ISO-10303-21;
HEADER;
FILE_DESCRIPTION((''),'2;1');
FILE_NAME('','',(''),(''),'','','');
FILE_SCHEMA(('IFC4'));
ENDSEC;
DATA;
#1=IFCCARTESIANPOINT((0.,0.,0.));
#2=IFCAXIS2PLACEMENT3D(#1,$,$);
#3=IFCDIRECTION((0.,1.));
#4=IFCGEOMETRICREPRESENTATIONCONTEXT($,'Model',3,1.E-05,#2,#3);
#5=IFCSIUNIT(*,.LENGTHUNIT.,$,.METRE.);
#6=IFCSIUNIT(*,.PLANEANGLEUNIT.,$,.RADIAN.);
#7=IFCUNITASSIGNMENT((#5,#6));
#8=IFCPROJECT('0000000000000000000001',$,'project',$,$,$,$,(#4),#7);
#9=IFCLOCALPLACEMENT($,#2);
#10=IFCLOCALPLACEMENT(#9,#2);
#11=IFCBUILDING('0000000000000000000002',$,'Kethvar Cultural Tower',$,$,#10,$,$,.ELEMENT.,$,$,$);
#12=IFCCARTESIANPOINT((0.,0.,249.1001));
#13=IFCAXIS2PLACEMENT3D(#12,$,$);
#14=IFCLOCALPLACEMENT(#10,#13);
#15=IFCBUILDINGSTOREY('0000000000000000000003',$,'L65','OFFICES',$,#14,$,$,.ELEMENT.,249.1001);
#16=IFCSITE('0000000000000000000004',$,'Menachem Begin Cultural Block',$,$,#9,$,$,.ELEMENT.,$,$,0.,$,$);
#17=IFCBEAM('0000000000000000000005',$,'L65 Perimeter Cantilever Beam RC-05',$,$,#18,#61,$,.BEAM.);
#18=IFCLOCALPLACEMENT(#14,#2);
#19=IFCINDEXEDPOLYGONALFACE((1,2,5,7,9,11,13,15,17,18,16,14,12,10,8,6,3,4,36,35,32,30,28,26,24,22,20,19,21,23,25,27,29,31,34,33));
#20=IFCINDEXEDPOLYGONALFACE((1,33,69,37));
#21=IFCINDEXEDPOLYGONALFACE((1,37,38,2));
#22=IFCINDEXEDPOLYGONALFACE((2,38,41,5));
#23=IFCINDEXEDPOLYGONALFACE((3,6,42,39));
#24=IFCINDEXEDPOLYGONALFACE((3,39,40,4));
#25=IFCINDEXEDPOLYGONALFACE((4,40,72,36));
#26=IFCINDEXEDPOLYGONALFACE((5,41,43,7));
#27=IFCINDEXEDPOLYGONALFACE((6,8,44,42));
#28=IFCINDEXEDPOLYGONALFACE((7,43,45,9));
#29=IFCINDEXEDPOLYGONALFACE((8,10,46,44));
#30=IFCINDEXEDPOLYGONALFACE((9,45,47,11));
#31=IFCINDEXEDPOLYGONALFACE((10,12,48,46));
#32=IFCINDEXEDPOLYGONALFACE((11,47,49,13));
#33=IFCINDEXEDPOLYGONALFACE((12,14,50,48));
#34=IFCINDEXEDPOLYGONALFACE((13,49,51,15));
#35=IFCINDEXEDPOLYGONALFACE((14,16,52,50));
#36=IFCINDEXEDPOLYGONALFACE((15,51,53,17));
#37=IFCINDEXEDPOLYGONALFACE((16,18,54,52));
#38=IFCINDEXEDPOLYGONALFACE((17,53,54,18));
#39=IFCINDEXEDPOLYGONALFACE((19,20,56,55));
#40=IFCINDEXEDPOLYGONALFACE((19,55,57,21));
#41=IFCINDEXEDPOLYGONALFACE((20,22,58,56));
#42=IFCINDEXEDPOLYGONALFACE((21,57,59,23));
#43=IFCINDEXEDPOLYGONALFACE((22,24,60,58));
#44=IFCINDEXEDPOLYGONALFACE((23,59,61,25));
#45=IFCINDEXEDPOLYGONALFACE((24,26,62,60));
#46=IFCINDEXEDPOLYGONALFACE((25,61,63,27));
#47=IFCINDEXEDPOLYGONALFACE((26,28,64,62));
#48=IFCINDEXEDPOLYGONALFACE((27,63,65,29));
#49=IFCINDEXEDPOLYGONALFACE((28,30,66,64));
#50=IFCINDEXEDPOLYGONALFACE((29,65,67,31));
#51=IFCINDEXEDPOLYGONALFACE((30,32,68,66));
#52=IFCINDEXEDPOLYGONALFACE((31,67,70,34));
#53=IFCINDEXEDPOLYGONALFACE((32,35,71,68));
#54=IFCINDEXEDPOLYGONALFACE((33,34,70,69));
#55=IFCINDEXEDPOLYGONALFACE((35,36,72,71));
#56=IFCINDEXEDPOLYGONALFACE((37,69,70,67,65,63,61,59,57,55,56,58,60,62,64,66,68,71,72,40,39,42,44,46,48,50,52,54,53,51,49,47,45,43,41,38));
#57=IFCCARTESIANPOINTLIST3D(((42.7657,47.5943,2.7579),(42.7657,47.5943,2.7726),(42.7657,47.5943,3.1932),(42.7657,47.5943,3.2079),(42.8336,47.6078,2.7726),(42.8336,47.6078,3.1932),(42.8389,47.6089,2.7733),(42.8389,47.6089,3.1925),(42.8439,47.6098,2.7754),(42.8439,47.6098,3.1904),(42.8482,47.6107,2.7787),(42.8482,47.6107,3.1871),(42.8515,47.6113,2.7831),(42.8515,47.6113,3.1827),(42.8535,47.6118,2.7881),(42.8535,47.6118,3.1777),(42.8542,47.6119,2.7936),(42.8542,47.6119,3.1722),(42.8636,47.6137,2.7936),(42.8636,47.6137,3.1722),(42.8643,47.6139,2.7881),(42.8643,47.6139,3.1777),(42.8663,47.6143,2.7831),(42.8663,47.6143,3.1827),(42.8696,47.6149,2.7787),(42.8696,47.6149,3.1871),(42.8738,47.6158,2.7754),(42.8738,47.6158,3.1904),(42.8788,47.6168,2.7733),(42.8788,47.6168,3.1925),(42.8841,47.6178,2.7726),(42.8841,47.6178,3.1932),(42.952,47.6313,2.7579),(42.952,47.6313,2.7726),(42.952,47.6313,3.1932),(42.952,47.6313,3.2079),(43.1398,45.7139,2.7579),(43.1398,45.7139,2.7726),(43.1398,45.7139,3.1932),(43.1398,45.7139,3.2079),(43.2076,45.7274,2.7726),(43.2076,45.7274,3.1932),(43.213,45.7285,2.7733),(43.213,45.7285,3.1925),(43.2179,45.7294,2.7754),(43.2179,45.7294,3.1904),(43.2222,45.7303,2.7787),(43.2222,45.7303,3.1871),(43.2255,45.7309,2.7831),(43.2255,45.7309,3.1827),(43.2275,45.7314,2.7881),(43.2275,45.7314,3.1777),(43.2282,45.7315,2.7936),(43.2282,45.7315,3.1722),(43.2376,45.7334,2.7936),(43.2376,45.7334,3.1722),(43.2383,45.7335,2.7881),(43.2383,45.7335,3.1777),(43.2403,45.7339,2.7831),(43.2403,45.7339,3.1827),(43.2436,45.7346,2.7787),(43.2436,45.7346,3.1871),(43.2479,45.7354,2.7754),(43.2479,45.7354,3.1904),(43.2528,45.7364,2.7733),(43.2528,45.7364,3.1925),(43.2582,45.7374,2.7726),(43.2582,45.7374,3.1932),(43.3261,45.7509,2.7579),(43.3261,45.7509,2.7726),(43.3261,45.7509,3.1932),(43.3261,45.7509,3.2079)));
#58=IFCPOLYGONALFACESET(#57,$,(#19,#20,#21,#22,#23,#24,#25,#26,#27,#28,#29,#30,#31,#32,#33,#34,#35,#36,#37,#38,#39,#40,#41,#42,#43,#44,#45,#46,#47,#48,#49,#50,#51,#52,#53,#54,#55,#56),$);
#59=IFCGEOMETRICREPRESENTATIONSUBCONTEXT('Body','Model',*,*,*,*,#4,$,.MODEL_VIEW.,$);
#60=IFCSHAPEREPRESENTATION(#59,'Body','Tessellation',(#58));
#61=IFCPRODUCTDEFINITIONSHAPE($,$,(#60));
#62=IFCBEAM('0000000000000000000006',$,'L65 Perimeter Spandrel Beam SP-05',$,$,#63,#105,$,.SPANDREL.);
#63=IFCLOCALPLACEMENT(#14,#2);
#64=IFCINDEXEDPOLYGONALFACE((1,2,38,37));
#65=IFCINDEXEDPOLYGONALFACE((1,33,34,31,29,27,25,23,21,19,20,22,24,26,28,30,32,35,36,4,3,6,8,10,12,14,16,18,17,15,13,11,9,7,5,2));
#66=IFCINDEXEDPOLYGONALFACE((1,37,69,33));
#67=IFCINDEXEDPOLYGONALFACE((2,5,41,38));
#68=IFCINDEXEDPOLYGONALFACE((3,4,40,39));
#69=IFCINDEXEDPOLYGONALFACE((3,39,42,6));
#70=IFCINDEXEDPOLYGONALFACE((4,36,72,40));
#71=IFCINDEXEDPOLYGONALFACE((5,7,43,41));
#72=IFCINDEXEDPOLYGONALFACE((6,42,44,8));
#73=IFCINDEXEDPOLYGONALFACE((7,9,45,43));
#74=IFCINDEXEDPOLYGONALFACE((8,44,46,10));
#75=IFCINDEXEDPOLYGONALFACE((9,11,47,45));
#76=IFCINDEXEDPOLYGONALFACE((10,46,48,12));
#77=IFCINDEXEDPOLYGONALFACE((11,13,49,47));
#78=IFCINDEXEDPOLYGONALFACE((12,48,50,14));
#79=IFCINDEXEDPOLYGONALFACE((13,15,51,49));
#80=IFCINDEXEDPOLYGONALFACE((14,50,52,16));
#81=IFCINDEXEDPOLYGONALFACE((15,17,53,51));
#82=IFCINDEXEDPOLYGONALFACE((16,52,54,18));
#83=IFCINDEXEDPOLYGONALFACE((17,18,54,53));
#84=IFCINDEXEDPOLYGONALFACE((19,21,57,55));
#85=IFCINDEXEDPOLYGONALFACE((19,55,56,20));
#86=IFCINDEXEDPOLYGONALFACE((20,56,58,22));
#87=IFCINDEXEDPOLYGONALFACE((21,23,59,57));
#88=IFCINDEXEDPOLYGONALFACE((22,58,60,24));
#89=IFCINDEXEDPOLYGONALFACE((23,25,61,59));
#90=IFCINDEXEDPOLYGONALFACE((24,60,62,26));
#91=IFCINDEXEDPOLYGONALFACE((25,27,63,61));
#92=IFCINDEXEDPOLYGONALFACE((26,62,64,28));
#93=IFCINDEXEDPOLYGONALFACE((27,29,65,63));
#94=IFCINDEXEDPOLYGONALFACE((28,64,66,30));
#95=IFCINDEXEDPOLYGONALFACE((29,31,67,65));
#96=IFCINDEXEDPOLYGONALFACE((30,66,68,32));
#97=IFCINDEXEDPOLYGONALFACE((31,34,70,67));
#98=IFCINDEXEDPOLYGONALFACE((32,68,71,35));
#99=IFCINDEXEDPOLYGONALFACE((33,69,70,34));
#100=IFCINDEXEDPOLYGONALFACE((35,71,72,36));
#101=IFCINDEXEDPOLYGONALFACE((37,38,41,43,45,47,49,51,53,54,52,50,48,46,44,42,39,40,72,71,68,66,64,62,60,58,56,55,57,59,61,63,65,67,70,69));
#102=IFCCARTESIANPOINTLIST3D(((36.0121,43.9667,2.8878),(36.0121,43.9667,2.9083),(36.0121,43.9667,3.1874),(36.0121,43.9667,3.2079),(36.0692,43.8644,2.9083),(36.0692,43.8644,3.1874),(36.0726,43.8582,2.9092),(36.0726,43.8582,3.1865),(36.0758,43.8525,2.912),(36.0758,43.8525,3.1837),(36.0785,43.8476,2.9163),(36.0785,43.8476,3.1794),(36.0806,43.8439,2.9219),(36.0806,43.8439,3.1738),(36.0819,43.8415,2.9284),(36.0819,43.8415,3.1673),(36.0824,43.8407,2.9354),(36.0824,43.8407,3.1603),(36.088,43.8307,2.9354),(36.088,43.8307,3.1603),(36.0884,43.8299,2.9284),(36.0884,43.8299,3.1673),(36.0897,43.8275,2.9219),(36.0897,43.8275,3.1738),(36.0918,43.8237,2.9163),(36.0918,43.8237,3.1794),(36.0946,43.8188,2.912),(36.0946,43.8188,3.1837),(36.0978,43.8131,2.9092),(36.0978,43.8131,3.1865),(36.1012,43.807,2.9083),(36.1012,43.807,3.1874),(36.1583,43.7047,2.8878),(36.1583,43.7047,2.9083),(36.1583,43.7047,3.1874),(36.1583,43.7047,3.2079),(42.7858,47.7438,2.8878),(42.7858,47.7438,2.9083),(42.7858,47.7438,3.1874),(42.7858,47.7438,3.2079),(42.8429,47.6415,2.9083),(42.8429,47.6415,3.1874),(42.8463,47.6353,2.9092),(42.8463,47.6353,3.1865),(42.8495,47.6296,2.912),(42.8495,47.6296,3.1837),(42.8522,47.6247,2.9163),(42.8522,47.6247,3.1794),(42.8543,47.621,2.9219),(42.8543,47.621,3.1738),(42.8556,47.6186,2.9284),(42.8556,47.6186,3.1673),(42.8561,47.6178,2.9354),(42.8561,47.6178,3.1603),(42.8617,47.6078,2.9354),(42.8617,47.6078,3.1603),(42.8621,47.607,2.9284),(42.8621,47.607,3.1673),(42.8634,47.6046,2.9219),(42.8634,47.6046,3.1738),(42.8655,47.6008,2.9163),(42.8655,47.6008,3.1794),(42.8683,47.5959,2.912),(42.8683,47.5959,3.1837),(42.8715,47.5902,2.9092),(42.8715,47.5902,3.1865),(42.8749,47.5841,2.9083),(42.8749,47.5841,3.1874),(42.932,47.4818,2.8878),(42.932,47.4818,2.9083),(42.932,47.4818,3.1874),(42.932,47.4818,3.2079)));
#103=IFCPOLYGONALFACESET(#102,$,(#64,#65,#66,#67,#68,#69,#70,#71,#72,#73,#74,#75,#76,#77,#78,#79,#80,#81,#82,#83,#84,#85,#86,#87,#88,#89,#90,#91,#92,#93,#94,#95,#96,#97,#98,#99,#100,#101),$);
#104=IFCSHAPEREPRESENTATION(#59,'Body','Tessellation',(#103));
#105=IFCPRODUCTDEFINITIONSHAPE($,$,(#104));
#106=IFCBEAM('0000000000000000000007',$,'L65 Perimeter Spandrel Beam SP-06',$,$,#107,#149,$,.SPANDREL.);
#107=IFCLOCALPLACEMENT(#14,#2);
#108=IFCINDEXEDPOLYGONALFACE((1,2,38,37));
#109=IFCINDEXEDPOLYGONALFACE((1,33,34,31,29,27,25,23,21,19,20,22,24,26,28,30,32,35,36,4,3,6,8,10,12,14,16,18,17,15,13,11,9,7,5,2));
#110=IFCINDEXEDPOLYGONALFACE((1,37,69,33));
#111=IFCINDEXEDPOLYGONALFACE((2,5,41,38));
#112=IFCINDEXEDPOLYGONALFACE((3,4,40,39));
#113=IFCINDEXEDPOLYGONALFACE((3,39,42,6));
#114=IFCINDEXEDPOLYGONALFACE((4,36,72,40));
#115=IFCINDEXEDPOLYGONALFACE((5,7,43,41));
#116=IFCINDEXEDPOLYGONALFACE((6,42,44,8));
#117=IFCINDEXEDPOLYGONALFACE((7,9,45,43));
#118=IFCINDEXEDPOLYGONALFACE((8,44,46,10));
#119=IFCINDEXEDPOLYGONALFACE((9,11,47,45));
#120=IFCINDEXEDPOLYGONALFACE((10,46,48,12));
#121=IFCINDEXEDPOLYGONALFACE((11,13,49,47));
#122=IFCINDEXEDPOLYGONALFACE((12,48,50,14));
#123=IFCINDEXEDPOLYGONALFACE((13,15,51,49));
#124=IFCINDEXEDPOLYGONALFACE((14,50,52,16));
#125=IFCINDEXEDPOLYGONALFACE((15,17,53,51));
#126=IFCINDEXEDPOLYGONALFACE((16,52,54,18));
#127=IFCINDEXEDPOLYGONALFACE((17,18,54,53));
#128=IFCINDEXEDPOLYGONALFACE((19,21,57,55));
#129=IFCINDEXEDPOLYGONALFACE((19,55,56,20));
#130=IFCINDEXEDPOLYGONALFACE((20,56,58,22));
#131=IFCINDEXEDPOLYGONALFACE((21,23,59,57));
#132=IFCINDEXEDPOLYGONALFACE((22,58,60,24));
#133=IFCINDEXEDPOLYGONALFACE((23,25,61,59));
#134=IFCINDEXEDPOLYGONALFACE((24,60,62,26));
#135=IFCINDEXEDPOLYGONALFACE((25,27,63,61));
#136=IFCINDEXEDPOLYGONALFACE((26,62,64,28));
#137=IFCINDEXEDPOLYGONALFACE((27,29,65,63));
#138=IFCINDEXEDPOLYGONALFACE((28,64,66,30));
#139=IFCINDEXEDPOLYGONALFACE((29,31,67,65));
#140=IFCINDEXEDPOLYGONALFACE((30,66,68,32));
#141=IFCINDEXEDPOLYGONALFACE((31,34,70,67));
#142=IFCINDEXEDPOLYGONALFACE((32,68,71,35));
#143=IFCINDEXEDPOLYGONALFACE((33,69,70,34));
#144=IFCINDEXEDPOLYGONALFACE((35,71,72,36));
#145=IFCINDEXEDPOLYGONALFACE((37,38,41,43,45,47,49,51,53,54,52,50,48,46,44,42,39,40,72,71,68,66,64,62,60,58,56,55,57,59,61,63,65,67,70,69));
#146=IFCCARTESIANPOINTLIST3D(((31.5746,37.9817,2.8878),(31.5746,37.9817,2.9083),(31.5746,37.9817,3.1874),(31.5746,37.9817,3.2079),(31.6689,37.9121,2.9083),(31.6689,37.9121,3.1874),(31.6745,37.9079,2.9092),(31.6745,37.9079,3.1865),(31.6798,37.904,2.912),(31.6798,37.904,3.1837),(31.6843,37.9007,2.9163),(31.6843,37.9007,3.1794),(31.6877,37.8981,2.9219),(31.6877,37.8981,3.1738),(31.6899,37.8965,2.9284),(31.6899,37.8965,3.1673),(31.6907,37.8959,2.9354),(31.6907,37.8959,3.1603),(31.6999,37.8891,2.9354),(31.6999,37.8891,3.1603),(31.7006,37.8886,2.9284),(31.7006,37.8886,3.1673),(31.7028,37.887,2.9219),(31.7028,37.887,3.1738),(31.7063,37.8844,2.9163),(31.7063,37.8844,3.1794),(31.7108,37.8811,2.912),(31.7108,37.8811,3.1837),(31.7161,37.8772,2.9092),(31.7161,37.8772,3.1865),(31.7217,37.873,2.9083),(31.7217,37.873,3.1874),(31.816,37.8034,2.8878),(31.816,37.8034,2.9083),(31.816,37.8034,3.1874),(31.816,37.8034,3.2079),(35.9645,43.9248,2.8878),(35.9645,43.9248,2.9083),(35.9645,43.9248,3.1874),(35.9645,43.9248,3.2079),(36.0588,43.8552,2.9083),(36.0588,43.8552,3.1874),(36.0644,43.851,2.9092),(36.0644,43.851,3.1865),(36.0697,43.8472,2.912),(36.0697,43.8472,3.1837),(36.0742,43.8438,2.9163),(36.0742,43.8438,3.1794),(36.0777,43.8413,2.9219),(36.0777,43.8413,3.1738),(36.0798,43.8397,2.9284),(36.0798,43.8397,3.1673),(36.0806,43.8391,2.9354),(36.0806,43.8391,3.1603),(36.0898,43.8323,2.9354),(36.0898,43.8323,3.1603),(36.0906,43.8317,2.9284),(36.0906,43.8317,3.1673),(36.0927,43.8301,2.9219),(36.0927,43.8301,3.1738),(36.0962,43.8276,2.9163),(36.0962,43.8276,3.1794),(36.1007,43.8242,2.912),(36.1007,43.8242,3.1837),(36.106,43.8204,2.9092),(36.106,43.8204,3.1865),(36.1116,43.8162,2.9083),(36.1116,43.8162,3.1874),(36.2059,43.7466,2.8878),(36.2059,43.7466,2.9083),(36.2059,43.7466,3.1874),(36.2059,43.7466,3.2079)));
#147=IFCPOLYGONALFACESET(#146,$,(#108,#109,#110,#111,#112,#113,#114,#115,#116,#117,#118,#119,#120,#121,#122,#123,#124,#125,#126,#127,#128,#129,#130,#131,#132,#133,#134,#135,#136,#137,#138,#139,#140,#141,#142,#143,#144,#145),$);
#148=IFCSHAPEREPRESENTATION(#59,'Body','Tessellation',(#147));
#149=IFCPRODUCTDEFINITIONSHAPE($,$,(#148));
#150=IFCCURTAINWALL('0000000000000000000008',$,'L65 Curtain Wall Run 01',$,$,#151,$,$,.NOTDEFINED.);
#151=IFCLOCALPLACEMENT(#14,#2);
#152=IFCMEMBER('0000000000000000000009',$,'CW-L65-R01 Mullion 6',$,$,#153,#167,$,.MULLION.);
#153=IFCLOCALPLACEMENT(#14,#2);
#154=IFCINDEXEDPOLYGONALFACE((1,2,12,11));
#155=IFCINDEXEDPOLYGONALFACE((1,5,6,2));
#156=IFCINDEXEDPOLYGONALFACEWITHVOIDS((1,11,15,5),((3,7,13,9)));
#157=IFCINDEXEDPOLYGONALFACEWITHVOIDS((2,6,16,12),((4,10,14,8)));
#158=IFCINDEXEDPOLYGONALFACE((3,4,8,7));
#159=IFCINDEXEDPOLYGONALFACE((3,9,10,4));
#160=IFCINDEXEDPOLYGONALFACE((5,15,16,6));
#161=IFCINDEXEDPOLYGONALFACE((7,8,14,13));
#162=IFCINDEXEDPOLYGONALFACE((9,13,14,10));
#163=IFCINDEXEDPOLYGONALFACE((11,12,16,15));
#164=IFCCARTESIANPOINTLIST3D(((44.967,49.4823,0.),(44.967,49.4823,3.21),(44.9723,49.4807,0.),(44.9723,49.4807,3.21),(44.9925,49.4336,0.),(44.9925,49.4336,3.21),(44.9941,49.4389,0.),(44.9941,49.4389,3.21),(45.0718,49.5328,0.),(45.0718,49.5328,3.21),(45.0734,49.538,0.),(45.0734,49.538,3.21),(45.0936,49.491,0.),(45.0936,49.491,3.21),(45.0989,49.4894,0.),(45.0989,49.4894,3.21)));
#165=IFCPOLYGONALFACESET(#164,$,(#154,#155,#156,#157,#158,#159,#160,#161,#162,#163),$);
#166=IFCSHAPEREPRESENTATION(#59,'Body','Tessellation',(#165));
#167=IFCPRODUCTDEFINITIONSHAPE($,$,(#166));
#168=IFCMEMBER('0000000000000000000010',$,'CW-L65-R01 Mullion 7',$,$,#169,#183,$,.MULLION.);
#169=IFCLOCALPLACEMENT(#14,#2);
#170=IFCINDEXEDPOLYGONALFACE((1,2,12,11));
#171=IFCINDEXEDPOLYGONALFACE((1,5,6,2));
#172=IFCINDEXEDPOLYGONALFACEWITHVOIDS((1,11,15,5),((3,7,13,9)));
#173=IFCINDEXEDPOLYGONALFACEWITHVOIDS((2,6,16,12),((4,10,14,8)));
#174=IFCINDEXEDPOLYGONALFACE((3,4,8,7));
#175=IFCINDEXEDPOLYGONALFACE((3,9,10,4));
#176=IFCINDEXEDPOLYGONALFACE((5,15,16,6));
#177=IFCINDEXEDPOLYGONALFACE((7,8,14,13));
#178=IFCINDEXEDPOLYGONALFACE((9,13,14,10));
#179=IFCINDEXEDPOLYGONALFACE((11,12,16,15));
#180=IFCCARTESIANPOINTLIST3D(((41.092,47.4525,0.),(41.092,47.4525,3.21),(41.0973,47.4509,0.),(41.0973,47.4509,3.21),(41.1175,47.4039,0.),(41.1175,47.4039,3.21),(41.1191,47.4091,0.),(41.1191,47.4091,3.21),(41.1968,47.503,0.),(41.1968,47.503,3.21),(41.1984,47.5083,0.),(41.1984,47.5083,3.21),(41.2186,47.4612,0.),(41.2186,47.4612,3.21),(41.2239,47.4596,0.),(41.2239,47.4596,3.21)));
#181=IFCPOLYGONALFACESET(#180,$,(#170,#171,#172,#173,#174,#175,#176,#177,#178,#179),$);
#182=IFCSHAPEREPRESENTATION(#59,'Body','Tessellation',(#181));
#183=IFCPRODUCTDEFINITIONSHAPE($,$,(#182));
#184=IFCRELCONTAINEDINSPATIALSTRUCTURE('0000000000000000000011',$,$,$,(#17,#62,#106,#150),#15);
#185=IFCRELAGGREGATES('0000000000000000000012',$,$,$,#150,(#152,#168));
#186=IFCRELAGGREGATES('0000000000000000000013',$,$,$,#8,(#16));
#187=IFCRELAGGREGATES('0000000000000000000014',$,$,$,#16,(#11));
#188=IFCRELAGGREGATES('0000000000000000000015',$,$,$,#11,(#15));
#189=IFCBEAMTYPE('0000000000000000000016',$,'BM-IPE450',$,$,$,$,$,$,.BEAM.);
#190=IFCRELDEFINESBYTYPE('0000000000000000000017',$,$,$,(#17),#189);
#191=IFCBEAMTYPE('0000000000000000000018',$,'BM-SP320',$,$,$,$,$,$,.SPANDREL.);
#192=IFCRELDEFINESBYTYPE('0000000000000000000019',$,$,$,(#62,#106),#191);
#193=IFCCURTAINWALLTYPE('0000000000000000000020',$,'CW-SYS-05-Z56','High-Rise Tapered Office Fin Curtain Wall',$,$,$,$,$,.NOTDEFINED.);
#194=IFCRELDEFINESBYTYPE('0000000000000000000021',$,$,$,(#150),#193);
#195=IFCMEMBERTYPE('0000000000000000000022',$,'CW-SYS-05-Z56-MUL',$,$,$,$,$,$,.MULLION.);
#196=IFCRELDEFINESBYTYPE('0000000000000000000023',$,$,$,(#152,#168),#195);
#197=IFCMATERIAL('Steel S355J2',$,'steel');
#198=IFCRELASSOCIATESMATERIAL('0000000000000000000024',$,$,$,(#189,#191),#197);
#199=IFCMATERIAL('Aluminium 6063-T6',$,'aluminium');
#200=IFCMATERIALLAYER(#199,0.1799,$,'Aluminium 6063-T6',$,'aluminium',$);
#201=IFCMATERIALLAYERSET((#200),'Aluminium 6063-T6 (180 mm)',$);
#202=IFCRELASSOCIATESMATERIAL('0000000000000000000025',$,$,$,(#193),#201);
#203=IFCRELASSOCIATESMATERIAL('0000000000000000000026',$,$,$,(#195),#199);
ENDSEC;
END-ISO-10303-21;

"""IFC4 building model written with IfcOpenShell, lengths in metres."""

from ifc_helpers import new_model, si_unit, direction, frame, origin, origin_2d, place, context, subcontext, project, spatial, hollow_rectangle, i_section, extrude, source, transform, mapped, material, layer, layer_set, material_profile, profile_set, type_object, element, aggregate, save


model = new_model("IFC4")

# Units and contexts
model_context = context("Model", 3, precision=1e-05, world=origin(), true_north=direction((0.0, 1.0)))
body_context = subcontext(model_context, "Body", "Model", "MODEL_VIEW")
ifc_project = project(units=[si_unit("LENGTHUNIT", "METRE"), si_unit("PLANEANGLEUNIT", "RADIAN")], contexts=[model_context])

# Site, building, storey
site_placement = place(None, origin())
site = spatial("IfcSite", under=ifc_project, at=site_placement, Name="Menachem Begin Cultural Block", CompositionType="ELEMENT", RefElevation=0.0)
building_placement = place(site_placement, origin())
building = spatial("IfcBuilding", under=site, at=building_placement, Name="Kethvar Cultural Tower", CompositionType="ELEMENT")
storey_placement = place(building_placement, frame((0.0, 0.0, 249.1001)))
storey = spatial("IfcBuildingStorey", under=building, at=storey_placement, Name="L65", Description="OFFICES", CompositionType="ELEMENT", Elevation=249.1001)

# Beams
ifc_material_1 = material(Name="Steel S355J2", Category="steel")
ifc_material_profile_1 = material_profile(ifc_material_1, i_section(OverallWidth=0.1899, OverallDepth=0.45, WebThickness=0.0095, FlangeThickness=0.0146, FilletRadius=0.021, at=origin_2d()), Name="Steel S355J2 — IPE450")
ifc_profile_set_1 = profile_set([ifc_material_profile_1], Name="Steel S355J2 — IPE450")
beam_type_1 = type_object("IfcBeamType", Name="BM-IPE450", PredefinedType="BEAM", material=ifc_profile_set_1)
shared_shape_1 = source(origin(), body_context, "Body", "SweptSolid", [
    extrude(i_section(OverallWidth=0.1899, OverallDepth=0.45, WebThickness=0.0095, FlangeThickness=0.0146, FilletRadius=0.021, at=origin_2d()), origin(), (0.0, 0.0, 1.0), 1.9172),
])
beam_1_placement = place(storey_placement, frame((43.2329, 45.7324, 2.9829), z_axis=(-0.195087, 0.980786, 0.0), x_axis=(-0.980786, -0.195087, 0.0)))
element("IfcBeam", 1, at=beam_1_placement, inside=storey, type_object=beam_type_1, Name="L65 Perimeter Cantilever Beam RC-05", PredefinedType="BEAM", context=body_context, shape_type="MappedRepresentation", body=[
    mapped(shared_shape_1, transform((0.0, 0.0, 0.0), scale=1.0)),
])
ifc_material_profile_2 = material_profile(ifc_material_1, i_section(OverallWidth=0.3, OverallDepth=0.3201, WebThickness=0.0115, FlangeThickness=0.0205, FilletRadius=0.0271, at=origin_2d()), Name="Steel S355J2 — HEB320")
ifc_profile_set_2 = profile_set([ifc_material_profile_2], Name="Steel S355J2 — HEB320")
beam_type_2 = type_object("IfcBeamType", Name="BM-SP320", PredefinedType="SPANDREL", material=ifc_profile_set_2)
shared_shape_2 = source(origin(), body_context, "Body", "SweptSolid", [
    extrude(i_section(OverallWidth=0.3, OverallDepth=0.3201, WebThickness=0.0115, FlangeThickness=0.0205, FilletRadius=0.0271, at=origin_2d()), origin(), (0.0, 0.0, 1.0), 7.7556),
])
beam_2_placement = place(storey_placement, frame((42.8589, 47.6128, 3.0479), z_axis=(-0.873393, -0.487016, 0.0), x_axis=(0.487016, -0.873393, 0.0)))
element("IfcBeam", 2, at=beam_2_placement, inside=storey, type_object=beam_type_2, Name="L65 Perimeter Spandrel Beam SP-05", PredefinedType="SPANDREL", context=body_context, shape_type="MappedRepresentation", body=[
    mapped(shared_shape_2, transform((0.0, 0.0, 0.0), scale=1.0)),
])
shared_shape_3 = source(origin(), body_context, "Body", "SweptSolid", [
    extrude(i_section(OverallWidth=0.3, OverallDepth=0.3201, WebThickness=0.0115, FlangeThickness=0.0205, FilletRadius=0.0271, at=origin_2d()), origin(), (0.0, 0.0, 1.0), 7.3887),
])
beam_3_placement = place(storey_placement, frame((36.0852, 43.8357, 3.0479), z_axis=(-0.594142, -0.80436, 0.0), x_axis=(0.80436, -0.594142, 0.0)))
element("IfcBeam", 3, at=beam_3_placement, inside=storey, type_object=beam_type_2, Name="L65 Perimeter Spandrel Beam SP-06", PredefinedType="SPANDREL", context=body_context, shape_type="MappedRepresentation", body=[
    mapped(shared_shape_3, transform((0.0, 0.0, 0.0), scale=1.0)),
])

# Curtain wall, members
ifc_material_2 = material(Name="Aluminium 6063-T6", Category="aluminium")
ifc_layer_1 = layer(ifc_material_2, 0.1799, Name="Aluminium 6063-T6", Category="aluminium")
ifc_layer_set_1 = layer_set([ifc_layer_1], Name="Aluminium 6063-T6 (180 mm)")
curtain_wall_type = type_object("IfcCurtainWallType", Name="CW-SYS-05-Z56", Description="High-Rise Tapered Office Fin Curtain Wall", PredefinedType="NOTDEFINED", material=ifc_layer_set_1)
curtain_wall_1_placement = place(storey_placement, origin())
curtain_wall_1 = element("IfcCurtainWall", 4, at=curtain_wall_1_placement, inside=storey, type_object=curtain_wall_type, Name="L65 Curtain Wall Run 01", PredefinedType="NOTDEFINED")
ifc_material_profile_3 = material_profile(ifc_material_2, hollow_rectangle(XDim=0.0549, YDim=0.1201, WallThickness=0.0039, at=origin_2d()), Name="Aluminium 6063-T6 — RHS120x55x4")
ifc_profile_set_3 = profile_set([ifc_material_profile_3], Name="Aluminium 6063-T6 — RHS120x55x4")
member_type_1 = type_object("IfcMemberType", Name="CW-SYS-05-Z56-MUL", PredefinedType="MULLION", material=ifc_profile_set_3)
shared_shape_4 = source(origin(), body_context, "Body", "SweptSolid", [
    extrude(hollow_rectangle(XDim=0.0549, YDim=0.1201, WallThickness=0.0039, at=origin_2d()), origin(), (0.0, 0.0, 1.0), 3.21),
])
member_1_placement = place(storey_placement, frame((45.033, 49.4858, 0.0), z_axis=(0.0, 0.0, 1.0), x_axis=(0.463992, -0.885839, 0.0)))
member_1 = element("IfcMember", 5, at=member_1_placement, type_object=member_type_1, Name="CW-L65-R01 Mullion 6", PredefinedType="MULLION", context=body_context, shape_type="MappedRepresentation", body=[
    mapped(shared_shape_4, transform((0.0, 0.0, 0.0), scale=1.0)),
])
member_2_placement = place(storey_placement, frame((41.158, 47.4561, 0.0), z_axis=(0.0, 0.0, 1.0), x_axis=(0.463992, -0.885839, 0.0)))
member_2 = element("IfcMember", 6, at=member_2_placement, type_object=member_type_1, Name="CW-L65-R01 Mullion 7", PredefinedType="MULLION", context=body_context, shape_type="MappedRepresentation", body=[
    mapped(shared_shape_4, transform((0.0, 0.0, 0.0), scale=1.0)),
])

aggregate(curtain_wall_1, [member_1, member_2])

save(model, "model.ifc")
